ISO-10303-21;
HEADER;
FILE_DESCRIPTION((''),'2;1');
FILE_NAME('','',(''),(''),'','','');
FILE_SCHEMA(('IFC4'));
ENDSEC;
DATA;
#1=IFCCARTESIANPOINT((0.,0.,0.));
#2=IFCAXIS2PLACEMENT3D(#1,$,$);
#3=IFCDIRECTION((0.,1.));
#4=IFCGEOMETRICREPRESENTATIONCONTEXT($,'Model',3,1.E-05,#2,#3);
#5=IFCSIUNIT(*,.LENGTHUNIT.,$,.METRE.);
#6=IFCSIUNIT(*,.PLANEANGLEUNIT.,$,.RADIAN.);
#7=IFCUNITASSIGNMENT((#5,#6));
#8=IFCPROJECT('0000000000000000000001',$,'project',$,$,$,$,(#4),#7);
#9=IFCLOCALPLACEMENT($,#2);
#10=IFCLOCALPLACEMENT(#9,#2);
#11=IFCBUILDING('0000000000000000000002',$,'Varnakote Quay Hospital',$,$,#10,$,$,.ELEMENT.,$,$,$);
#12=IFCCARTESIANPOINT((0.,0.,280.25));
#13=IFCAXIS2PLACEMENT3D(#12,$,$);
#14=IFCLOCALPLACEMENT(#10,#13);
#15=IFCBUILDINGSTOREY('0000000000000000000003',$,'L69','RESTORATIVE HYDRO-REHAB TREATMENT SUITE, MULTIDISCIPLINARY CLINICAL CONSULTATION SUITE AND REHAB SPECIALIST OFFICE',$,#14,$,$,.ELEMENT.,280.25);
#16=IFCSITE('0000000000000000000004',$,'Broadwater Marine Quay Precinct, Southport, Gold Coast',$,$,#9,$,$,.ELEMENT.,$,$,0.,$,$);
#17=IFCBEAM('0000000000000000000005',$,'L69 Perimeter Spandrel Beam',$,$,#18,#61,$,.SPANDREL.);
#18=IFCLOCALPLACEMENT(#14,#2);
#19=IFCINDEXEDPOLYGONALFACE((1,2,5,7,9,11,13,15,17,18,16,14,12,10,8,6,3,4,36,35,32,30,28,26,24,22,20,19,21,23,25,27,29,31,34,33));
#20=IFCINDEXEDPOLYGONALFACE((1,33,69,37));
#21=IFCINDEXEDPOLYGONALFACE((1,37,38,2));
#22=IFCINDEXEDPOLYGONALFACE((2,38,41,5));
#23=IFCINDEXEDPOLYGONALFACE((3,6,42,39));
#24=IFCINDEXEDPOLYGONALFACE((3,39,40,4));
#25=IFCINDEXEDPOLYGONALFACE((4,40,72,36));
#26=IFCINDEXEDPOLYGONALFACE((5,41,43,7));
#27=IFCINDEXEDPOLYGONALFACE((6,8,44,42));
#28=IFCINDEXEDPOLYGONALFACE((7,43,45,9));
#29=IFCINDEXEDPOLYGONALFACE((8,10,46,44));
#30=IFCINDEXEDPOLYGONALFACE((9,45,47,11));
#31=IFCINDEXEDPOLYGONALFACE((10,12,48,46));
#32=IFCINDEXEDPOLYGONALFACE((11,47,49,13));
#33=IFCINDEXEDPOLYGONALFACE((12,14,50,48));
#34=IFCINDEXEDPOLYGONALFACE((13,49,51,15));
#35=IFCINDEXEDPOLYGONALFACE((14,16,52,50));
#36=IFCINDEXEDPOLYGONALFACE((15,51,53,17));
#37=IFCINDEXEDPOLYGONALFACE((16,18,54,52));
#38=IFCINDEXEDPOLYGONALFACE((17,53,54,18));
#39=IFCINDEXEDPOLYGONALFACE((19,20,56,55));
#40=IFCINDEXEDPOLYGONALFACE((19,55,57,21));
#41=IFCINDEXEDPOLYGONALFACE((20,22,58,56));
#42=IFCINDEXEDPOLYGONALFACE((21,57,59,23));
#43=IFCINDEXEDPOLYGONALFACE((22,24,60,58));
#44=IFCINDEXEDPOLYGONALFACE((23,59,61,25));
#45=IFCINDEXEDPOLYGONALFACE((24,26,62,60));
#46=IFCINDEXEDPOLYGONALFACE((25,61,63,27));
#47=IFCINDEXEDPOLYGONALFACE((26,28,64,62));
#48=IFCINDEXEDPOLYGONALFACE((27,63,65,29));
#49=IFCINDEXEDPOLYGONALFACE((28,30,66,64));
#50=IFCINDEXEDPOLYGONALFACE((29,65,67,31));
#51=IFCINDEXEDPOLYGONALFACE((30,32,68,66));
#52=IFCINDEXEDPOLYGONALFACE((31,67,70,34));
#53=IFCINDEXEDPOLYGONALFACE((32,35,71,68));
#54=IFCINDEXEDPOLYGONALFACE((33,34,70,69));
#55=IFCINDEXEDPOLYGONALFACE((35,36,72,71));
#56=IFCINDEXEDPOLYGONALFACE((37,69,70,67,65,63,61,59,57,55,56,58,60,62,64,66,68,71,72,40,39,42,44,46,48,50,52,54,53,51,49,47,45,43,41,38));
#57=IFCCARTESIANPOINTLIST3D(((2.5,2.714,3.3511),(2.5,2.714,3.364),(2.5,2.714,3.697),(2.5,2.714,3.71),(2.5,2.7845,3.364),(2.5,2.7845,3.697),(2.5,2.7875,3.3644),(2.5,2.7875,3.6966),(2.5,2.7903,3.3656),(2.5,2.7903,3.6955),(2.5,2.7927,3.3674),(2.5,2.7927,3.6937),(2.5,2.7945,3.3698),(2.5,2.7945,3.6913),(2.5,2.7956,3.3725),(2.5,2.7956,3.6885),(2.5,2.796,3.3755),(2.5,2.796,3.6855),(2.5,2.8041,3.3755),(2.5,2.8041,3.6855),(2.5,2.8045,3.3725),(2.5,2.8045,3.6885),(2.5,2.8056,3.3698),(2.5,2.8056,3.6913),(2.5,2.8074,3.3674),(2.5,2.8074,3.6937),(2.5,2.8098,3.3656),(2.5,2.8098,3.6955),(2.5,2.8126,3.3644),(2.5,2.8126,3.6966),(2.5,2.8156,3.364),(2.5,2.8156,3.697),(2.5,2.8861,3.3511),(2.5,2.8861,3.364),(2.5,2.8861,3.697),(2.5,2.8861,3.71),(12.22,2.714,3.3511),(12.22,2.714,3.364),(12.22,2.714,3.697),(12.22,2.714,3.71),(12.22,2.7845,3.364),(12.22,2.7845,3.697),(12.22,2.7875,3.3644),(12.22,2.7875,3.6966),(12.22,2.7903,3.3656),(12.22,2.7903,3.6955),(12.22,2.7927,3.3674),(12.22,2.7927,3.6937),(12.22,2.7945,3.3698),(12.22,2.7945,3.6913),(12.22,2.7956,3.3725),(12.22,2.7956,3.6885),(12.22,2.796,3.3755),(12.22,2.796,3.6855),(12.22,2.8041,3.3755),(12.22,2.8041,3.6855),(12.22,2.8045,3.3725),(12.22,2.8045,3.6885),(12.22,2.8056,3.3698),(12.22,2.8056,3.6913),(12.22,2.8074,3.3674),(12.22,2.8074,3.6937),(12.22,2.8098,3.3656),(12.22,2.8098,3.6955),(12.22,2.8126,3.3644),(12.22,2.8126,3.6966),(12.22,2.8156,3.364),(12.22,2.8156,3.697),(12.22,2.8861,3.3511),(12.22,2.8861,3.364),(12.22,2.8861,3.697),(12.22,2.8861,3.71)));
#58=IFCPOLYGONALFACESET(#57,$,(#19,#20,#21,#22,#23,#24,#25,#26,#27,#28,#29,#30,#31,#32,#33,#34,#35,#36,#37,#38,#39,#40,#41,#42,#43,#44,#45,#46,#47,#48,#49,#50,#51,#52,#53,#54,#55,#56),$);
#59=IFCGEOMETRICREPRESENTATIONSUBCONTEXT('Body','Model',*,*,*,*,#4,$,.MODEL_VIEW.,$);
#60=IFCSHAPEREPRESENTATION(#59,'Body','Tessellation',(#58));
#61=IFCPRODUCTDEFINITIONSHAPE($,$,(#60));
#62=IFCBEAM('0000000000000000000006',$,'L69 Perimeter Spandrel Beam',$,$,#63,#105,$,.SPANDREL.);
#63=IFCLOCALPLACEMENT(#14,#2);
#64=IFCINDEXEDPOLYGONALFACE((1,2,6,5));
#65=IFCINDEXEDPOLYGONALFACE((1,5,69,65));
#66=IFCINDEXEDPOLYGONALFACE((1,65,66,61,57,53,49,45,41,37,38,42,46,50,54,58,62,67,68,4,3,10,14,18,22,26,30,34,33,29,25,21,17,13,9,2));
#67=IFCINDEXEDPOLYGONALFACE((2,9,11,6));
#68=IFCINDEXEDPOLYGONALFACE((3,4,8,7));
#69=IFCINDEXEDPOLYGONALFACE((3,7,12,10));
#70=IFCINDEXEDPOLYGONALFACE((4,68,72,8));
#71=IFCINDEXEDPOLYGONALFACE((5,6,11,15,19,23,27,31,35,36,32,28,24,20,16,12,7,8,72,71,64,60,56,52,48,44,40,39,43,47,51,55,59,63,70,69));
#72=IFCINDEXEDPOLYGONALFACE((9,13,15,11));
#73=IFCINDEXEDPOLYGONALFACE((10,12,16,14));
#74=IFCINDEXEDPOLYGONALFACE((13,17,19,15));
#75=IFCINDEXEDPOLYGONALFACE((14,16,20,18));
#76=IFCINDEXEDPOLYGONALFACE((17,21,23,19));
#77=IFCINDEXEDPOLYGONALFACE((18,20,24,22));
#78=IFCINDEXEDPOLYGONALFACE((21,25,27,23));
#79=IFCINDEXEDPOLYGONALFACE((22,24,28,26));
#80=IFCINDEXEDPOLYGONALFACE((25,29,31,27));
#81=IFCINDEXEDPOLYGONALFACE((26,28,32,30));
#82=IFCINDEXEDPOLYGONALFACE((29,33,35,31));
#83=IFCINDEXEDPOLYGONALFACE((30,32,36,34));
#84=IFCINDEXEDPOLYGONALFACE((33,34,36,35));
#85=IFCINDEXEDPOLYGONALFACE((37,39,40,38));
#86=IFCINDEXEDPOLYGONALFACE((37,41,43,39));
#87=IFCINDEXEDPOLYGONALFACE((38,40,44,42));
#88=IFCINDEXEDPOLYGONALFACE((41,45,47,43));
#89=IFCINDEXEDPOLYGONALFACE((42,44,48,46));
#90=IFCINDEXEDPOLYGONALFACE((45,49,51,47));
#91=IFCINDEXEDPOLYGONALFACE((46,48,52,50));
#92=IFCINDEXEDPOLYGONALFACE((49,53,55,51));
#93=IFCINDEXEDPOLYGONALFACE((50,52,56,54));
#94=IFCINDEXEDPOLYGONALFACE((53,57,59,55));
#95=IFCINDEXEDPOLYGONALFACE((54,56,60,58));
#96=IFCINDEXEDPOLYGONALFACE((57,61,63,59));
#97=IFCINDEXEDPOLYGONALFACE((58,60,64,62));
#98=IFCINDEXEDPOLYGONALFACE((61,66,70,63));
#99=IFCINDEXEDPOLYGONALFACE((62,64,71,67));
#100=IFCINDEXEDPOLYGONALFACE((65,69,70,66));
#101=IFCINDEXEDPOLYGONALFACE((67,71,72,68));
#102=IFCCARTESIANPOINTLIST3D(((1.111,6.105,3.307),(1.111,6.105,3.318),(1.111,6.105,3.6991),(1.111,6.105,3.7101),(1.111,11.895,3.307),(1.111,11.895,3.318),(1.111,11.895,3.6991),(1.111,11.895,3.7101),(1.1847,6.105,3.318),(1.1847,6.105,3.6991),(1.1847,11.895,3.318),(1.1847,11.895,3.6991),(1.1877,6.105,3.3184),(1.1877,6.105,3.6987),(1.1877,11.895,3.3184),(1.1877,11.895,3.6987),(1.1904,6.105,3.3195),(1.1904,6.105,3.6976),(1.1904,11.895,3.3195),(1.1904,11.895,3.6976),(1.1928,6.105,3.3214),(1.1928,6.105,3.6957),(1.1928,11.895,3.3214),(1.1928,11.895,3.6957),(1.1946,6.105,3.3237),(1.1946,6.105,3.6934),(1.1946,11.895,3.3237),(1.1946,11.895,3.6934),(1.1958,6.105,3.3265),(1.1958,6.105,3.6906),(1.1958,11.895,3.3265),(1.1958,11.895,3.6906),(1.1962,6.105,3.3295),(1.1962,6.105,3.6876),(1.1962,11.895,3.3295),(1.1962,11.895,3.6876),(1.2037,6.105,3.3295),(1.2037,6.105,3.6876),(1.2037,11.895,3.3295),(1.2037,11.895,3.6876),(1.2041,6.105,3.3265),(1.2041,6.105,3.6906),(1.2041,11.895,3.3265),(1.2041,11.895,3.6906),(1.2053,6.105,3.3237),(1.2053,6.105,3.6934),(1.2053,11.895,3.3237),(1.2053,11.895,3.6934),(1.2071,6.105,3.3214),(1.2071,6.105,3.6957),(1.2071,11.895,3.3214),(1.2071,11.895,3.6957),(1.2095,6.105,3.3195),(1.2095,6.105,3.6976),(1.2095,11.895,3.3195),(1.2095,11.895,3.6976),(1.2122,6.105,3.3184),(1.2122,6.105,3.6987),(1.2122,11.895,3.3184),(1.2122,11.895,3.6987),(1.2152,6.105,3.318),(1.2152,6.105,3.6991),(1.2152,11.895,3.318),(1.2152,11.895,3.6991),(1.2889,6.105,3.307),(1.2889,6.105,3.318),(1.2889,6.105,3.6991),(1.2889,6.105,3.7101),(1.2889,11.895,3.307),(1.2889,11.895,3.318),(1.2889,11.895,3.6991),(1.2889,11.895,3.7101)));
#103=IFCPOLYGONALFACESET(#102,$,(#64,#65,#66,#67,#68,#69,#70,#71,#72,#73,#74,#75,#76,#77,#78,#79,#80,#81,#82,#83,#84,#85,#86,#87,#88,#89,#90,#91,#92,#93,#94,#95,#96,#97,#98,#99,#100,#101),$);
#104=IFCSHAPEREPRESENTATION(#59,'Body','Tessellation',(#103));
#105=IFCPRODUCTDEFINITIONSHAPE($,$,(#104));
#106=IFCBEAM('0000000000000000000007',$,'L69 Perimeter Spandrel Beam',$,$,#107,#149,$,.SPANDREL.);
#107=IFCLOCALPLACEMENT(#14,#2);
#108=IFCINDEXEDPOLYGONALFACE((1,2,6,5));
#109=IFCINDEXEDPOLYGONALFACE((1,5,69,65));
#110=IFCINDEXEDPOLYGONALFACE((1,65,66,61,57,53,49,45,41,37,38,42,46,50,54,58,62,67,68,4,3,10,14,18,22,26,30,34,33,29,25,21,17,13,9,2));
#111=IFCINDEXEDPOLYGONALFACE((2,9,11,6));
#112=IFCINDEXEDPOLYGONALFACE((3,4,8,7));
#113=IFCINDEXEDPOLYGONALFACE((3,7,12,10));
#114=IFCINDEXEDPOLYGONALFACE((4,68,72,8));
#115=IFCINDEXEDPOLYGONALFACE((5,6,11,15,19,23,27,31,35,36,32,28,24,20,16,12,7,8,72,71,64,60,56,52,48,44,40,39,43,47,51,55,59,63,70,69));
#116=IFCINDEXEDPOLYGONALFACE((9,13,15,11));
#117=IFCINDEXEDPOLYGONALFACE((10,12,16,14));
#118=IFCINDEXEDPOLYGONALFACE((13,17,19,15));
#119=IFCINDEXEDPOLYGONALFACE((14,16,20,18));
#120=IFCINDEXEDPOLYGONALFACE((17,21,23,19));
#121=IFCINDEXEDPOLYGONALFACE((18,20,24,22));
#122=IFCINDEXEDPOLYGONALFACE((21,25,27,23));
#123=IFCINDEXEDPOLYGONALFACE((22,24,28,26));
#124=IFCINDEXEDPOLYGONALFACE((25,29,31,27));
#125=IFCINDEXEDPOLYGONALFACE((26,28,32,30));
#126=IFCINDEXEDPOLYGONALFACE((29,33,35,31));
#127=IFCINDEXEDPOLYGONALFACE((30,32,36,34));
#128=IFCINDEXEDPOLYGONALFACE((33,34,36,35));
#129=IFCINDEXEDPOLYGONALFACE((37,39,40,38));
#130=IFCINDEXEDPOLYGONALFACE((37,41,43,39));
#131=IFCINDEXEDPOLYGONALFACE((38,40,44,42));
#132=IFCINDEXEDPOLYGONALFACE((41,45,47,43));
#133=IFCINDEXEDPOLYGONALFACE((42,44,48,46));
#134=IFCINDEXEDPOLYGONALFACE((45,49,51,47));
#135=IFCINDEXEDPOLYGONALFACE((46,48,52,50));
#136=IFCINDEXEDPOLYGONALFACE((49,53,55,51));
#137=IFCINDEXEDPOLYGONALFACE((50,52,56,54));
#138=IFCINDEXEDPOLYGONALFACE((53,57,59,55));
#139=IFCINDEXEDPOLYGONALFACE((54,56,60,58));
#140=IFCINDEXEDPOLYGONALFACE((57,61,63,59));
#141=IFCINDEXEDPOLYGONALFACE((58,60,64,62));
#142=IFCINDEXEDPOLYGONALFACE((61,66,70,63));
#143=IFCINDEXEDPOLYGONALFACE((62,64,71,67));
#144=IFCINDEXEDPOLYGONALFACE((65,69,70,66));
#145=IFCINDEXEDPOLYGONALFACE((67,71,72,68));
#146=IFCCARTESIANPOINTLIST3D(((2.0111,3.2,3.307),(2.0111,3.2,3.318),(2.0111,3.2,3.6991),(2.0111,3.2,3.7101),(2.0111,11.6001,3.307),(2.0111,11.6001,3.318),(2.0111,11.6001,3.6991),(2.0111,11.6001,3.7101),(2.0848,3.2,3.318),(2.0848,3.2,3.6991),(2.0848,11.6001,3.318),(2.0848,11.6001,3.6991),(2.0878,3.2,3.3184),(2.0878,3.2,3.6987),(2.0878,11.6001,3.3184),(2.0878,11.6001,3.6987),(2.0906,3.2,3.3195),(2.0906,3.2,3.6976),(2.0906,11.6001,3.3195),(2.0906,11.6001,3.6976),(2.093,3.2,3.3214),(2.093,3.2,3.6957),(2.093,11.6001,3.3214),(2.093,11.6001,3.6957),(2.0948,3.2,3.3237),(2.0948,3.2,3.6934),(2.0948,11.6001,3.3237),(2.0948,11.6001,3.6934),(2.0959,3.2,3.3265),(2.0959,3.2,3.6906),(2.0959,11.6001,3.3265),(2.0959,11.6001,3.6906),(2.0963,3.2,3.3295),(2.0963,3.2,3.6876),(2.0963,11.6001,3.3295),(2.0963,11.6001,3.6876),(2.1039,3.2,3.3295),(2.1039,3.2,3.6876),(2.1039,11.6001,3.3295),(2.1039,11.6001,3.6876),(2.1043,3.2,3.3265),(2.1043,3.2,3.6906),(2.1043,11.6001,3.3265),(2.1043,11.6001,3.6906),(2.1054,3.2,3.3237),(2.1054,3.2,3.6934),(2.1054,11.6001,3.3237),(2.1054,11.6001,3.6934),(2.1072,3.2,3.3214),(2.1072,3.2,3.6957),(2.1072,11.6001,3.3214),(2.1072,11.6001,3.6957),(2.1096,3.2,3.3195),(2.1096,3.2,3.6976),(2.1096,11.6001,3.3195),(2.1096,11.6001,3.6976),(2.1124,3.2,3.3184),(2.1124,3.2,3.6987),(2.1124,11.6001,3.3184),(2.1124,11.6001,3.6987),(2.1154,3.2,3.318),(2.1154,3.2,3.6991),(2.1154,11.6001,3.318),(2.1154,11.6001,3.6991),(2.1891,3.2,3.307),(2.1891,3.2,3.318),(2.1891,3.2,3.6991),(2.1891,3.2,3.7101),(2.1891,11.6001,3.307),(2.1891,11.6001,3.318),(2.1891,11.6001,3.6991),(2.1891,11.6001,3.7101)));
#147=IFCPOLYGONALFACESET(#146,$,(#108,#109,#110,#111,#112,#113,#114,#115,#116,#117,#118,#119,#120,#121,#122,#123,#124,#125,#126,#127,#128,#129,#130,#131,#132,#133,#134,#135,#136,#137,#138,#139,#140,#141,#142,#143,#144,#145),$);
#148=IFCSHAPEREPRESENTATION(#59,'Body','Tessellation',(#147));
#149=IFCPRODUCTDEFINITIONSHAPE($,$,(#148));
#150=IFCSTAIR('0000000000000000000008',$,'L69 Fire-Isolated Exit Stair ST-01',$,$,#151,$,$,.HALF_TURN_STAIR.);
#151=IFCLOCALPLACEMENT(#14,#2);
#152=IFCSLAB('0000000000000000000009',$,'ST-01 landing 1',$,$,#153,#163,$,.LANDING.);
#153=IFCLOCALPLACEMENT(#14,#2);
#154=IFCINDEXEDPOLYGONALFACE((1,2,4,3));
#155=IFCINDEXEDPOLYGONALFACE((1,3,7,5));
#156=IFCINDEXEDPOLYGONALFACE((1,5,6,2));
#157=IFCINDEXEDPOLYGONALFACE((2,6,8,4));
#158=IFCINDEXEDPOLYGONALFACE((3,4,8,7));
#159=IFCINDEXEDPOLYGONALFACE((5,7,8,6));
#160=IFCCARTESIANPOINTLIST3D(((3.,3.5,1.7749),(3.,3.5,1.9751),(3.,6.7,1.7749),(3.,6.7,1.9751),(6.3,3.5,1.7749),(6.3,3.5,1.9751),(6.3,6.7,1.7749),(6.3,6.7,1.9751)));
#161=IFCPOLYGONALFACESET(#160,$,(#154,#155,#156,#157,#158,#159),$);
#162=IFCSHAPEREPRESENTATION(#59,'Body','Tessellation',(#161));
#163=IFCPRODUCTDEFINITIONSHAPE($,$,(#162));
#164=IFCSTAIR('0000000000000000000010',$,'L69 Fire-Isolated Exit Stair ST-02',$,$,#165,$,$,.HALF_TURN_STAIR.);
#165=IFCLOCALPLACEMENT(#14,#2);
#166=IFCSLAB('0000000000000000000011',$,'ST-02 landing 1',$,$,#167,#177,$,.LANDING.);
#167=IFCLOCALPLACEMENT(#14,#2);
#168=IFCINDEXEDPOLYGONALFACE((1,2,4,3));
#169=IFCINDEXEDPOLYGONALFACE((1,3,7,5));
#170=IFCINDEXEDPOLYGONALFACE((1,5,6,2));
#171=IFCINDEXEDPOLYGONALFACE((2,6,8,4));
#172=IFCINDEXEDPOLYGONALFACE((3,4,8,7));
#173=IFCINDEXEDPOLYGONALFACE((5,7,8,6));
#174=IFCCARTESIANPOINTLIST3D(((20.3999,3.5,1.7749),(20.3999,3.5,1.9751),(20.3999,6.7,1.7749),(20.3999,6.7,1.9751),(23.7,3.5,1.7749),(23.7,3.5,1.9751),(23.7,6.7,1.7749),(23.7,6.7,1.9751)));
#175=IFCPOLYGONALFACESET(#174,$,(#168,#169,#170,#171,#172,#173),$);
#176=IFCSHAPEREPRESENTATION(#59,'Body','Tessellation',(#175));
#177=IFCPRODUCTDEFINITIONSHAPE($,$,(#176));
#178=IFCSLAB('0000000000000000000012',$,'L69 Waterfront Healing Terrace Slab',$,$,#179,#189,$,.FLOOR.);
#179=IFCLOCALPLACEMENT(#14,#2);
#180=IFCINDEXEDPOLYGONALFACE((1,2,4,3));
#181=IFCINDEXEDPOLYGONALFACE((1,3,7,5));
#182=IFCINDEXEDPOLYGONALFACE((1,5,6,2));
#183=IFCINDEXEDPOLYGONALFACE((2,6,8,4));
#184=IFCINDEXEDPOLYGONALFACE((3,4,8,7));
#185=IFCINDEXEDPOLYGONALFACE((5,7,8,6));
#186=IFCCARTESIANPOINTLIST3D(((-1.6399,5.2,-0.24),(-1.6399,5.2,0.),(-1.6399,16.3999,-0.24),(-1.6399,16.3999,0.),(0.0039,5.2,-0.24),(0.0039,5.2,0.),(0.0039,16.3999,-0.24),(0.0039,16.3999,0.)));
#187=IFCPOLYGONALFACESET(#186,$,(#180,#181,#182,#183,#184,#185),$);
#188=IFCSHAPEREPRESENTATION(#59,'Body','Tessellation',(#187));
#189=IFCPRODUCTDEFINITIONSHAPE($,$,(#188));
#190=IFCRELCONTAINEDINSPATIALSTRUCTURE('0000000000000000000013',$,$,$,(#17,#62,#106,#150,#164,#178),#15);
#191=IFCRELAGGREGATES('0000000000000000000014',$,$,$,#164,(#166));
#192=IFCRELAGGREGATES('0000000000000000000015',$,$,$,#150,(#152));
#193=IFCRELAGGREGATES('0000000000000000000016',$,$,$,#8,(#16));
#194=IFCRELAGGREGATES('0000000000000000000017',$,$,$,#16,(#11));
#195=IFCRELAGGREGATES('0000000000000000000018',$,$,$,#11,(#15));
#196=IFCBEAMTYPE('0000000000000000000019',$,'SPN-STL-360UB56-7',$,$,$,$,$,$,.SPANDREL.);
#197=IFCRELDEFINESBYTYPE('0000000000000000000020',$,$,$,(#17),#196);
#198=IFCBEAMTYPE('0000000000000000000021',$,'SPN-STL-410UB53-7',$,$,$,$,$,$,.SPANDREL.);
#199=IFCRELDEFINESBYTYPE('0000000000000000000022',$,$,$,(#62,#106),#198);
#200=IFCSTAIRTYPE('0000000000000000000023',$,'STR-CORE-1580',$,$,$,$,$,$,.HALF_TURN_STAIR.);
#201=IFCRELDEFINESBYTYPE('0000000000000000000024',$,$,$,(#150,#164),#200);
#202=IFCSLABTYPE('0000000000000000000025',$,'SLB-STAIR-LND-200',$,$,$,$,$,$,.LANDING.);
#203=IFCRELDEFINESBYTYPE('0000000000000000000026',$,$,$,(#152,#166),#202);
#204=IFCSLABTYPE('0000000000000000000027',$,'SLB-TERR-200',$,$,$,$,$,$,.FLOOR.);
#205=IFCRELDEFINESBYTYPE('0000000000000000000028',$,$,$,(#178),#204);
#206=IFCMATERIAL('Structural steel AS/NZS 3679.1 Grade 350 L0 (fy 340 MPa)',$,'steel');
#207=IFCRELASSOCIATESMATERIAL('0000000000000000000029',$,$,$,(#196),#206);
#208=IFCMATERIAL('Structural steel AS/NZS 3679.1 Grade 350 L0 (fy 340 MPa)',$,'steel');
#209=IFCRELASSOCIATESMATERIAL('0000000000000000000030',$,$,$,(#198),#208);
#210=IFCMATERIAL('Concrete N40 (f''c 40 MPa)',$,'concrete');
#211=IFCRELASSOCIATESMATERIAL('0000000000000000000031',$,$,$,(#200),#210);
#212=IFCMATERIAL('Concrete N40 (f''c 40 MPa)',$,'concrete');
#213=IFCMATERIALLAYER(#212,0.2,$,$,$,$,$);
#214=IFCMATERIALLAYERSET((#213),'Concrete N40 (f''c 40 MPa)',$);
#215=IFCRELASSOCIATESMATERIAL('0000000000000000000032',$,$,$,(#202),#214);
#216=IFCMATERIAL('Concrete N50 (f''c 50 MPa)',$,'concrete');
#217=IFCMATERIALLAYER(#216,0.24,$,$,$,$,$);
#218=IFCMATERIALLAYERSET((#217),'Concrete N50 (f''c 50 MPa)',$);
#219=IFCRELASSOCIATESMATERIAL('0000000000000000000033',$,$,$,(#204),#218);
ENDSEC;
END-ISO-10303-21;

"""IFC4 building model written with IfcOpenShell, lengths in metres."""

from ifc_helpers import new_model, si_unit, direction, frame, origin, origin_2d, place, context, subcontext, project, spatial, polyline, i_section, outline, extrude, material, layer, layer_set, material_profile, profile_set, type_object, element, aggregate, save


model = new_model("IFC4")

# Units and contexts
model_context = context("Model", 3, precision=1e-05, world=origin(), true_north=direction((0.0, 1.0)))
body_context = subcontext(model_context, "Body", "Model", "MODEL_VIEW")
ifc_project = project(units=[si_unit("LENGTHUNIT", "METRE"), si_unit("PLANEANGLEUNIT", "RADIAN")], contexts=[model_context])

# Site, building, storey
site_placement = place(None, origin())
site = spatial("IfcSite", under=ifc_project, at=site_placement, Name="Broadwater Marine Quay Precinct, Southport, Gold Coast", CompositionType="ELEMENT", RefElevation=0.0)
building_placement = place(site_placement, origin())
building = spatial("IfcBuilding", under=site, at=building_placement, Name="Varnakote Quay Hospital", CompositionType="ELEMENT")
storey_placement = place(building_placement, frame((0.0, 0.0, 280.25)))
storey = spatial("IfcBuildingStorey", under=building, at=storey_placement, Name="L69", Description="RESTORATIVE HYDRO-REHAB TREATMENT SUITE, MULTIDISCIPLINARY CLINICAL CONSULTATION SUITE AND REHAB SPECIALIST OFFICE", CompositionType="ELEMENT", Elevation=280.25)

# Beams
ifc_material_1 = material(Name="Structural steel AS/NZS 3679.1 Grade 350 L0 (fy 340 MPa)", Category="steel")
ifc_material_profile_1 = material_profile(ifc_material_1, i_section(OverallWidth=0.1721, OverallDepth=0.3589, WebThickness=0.0081, FlangeThickness=0.0129, FilletRadius=0.0115, at=origin_2d()), Name="360UB56.7")
ifc_profile_set_1 = profile_set([ifc_material_profile_1], Name="Structural steel AS/NZS 3679.1 Grade 350 L0 (fy 340 MPa)")
beam_type_1 = type_object("IfcBeamType", Name="SPN-STL-360UB56-7", PredefinedType="SPANDREL", material=ifc_profile_set_1)
beam_1_placement = place(storey_placement, frame((2.5, 2.8, 3.5305), z_axis=(1.0, 0.0, 0.0), x_axis=(0.0, 1.0, 0.0)))
element("IfcBeam", 1, at=beam_1_placement, inside=storey, type_object=beam_type_1, Name="L69 Perimeter Spandrel Beam", PredefinedType="SPANDREL", context=body_context, shape_type="SweptSolid", body=[
    extrude(i_section(OverallWidth=0.1721, OverallDepth=0.3589, WebThickness=0.0081, FlangeThickness=0.0129, FilletRadius=0.0115, at=origin_2d()), origin(), (0.0, 0.0, 1.0), 9.72),
])
ifc_material_2 = material(Name="Structural steel AS/NZS 3679.1 Grade 350 L0 (fy 340 MPa)", Category="steel")
ifc_material_profile_2 = material_profile(ifc_material_2, i_section(OverallWidth=0.178, OverallDepth=0.4031, WebThickness=0.0076, FlangeThickness=0.011, FilletRadius=0.0115, at=origin_2d()), Name="410UB53.7")
ifc_profile_set_2 = profile_set([ifc_material_profile_2], Name="Structural steel AS/NZS 3679.1 Grade 350 L0 (fy 340 MPa)")
beam_type_2 = type_object("IfcBeamType", Name="SPN-STL-410UB53-7", PredefinedType="SPANDREL", material=ifc_profile_set_2)
beam_2_placement = place(storey_placement, frame((1.2, 6.105, 3.5085), z_axis=(0.0, 1.0, 0.0), x_axis=(-1.0, 0.0, 0.0)))
element("IfcBeam", 2, at=beam_2_placement, inside=storey, type_object=beam_type_2, Name="L69 Perimeter Spandrel Beam", PredefinedType="SPANDREL", context=body_context, shape_type="SweptSolid", body=[
    extrude(i_section(OverallWidth=0.178, OverallDepth=0.4031, WebThickness=0.0076, FlangeThickness=0.011, FilletRadius=0.0115, at=origin_2d()), origin(), (0.0, 0.0, 1.0), 5.79),
])
beam_3_placement = place(storey_placement, frame((2.1001, 3.2, 3.5085), z_axis=(0.0, 1.0, 0.0), x_axis=(-1.0, 0.0, 0.0)))
element("IfcBeam", 3, at=beam_3_placement, inside=storey, type_object=beam_type_2, Name="L69 Perimeter Spandrel Beam", PredefinedType="SPANDREL", context=body_context, shape_type="SweptSolid", body=[
    extrude(i_section(OverallWidth=0.178, OverallDepth=0.4031, WebThickness=0.0076, FlangeThickness=0.011, FilletRadius=0.0115, at=origin_2d()), origin(), (0.0, 0.0, 1.0), 8.4001),
])

# Stairs, slabs
ifc_material_3 = material(Name="Concrete N40 (f'c 40 MPa)", Category="concrete")
stair_type = type_object("IfcStairType", Name="STR-CORE-1580", PredefinedType="HALF_TURN_STAIR", material=ifc_material_3)
stair_1_placement = place(storey_placement, origin())
stair_1 = element("IfcStair", 4, at=stair_1_placement, inside=storey, type_object=stair_type, Name="L69 Fire-Isolated Exit Stair ST-01", PredefinedType="HALF_TURN_STAIR")
ifc_material_4 = material(Name="Concrete N40 (f'c 40 MPa)", Category="concrete")
ifc_layer_1 = layer(ifc_material_4, 0.2)
ifc_layer_set_1 = layer_set([ifc_layer_1], Name="Concrete N40 (f'c 40 MPa)")
slab_type_1 = type_object("IfcSlabType", Name="SLB-STAIR-LND-200", PredefinedType="LANDING", material=ifc_layer_set_1)
slab_1_placement = place(storey_placement, frame((0.0, 0.0, 1.7749)))
slab_1 = element("IfcSlab", 5, at=slab_1_placement, type_object=slab_type_1, Name="ST-01 landing 1", PredefinedType="LANDING", context=body_context, shape_type="SweptSolid", body=[
    extrude(outline(polyline([(3.0, 6.7), (3.0, 3.5), (6.3, 3.5), (6.3, 6.7), (3.0, 6.7)])), origin(), (0.0, 0.0, 1.0), 0.2002),
])
stair_2_placement = place(storey_placement, origin())
stair_2 = element("IfcStair", 6, at=stair_2_placement, inside=storey, type_object=stair_type, Name="L69 Fire-Isolated Exit Stair ST-02", PredefinedType="HALF_TURN_STAIR")
slab_2_placement = place(storey_placement, frame((0.0, 0.0, 1.7749)))
slab_2 = element("IfcSlab", 7, at=slab_2_placement, type_object=slab_type_1, Name="ST-02 landing 1", PredefinedType="LANDING", context=body_context, shape_type="SweptSolid", body=[
    extrude(outline(polyline([(20.3999, 6.7), (20.3999, 3.5), (23.7, 3.5), (23.7, 6.7), (20.3999, 6.7)])), origin(), (0.0, 0.0, 1.0), 0.2002),
])
aggregate(stair_2, [slab_2])

# Slab
ifc_material_5 = material(Name="Concrete N50 (f'c 50 MPa)", Category="concrete")
ifc_layer_2 = layer(ifc_material_5, 0.24)
ifc_layer_set_2 = layer_set([ifc_layer_2], Name="Concrete N50 (f'c 50 MPa)")
slab_type_2 = type_object("IfcSlabType", Name="SLB-TERR-200", PredefinedType="FLOOR", material=ifc_layer_set_2)
slab_3_placement = place(storey_placement, frame((0.0, 0.0, -0.24)))
element("IfcSlab", 8, at=slab_3_placement, inside=storey, type_object=slab_type_2, Name="L69 Waterfront Healing Terrace Slab", PredefinedType="FLOOR", context=body_context, shape_type="SweptSolid", body=[
    extrude(outline(polyline([(0.0039, 5.2), (0.0039, 16.3999), (-1.6399, 16.3999), (-1.6399, 5.2), (0.0039, 5.2)])), origin(), (0.0, 0.0, 1.0), 0.24),
])

aggregate(stair_1, [slab_1])

save(model, "model.ifc")
